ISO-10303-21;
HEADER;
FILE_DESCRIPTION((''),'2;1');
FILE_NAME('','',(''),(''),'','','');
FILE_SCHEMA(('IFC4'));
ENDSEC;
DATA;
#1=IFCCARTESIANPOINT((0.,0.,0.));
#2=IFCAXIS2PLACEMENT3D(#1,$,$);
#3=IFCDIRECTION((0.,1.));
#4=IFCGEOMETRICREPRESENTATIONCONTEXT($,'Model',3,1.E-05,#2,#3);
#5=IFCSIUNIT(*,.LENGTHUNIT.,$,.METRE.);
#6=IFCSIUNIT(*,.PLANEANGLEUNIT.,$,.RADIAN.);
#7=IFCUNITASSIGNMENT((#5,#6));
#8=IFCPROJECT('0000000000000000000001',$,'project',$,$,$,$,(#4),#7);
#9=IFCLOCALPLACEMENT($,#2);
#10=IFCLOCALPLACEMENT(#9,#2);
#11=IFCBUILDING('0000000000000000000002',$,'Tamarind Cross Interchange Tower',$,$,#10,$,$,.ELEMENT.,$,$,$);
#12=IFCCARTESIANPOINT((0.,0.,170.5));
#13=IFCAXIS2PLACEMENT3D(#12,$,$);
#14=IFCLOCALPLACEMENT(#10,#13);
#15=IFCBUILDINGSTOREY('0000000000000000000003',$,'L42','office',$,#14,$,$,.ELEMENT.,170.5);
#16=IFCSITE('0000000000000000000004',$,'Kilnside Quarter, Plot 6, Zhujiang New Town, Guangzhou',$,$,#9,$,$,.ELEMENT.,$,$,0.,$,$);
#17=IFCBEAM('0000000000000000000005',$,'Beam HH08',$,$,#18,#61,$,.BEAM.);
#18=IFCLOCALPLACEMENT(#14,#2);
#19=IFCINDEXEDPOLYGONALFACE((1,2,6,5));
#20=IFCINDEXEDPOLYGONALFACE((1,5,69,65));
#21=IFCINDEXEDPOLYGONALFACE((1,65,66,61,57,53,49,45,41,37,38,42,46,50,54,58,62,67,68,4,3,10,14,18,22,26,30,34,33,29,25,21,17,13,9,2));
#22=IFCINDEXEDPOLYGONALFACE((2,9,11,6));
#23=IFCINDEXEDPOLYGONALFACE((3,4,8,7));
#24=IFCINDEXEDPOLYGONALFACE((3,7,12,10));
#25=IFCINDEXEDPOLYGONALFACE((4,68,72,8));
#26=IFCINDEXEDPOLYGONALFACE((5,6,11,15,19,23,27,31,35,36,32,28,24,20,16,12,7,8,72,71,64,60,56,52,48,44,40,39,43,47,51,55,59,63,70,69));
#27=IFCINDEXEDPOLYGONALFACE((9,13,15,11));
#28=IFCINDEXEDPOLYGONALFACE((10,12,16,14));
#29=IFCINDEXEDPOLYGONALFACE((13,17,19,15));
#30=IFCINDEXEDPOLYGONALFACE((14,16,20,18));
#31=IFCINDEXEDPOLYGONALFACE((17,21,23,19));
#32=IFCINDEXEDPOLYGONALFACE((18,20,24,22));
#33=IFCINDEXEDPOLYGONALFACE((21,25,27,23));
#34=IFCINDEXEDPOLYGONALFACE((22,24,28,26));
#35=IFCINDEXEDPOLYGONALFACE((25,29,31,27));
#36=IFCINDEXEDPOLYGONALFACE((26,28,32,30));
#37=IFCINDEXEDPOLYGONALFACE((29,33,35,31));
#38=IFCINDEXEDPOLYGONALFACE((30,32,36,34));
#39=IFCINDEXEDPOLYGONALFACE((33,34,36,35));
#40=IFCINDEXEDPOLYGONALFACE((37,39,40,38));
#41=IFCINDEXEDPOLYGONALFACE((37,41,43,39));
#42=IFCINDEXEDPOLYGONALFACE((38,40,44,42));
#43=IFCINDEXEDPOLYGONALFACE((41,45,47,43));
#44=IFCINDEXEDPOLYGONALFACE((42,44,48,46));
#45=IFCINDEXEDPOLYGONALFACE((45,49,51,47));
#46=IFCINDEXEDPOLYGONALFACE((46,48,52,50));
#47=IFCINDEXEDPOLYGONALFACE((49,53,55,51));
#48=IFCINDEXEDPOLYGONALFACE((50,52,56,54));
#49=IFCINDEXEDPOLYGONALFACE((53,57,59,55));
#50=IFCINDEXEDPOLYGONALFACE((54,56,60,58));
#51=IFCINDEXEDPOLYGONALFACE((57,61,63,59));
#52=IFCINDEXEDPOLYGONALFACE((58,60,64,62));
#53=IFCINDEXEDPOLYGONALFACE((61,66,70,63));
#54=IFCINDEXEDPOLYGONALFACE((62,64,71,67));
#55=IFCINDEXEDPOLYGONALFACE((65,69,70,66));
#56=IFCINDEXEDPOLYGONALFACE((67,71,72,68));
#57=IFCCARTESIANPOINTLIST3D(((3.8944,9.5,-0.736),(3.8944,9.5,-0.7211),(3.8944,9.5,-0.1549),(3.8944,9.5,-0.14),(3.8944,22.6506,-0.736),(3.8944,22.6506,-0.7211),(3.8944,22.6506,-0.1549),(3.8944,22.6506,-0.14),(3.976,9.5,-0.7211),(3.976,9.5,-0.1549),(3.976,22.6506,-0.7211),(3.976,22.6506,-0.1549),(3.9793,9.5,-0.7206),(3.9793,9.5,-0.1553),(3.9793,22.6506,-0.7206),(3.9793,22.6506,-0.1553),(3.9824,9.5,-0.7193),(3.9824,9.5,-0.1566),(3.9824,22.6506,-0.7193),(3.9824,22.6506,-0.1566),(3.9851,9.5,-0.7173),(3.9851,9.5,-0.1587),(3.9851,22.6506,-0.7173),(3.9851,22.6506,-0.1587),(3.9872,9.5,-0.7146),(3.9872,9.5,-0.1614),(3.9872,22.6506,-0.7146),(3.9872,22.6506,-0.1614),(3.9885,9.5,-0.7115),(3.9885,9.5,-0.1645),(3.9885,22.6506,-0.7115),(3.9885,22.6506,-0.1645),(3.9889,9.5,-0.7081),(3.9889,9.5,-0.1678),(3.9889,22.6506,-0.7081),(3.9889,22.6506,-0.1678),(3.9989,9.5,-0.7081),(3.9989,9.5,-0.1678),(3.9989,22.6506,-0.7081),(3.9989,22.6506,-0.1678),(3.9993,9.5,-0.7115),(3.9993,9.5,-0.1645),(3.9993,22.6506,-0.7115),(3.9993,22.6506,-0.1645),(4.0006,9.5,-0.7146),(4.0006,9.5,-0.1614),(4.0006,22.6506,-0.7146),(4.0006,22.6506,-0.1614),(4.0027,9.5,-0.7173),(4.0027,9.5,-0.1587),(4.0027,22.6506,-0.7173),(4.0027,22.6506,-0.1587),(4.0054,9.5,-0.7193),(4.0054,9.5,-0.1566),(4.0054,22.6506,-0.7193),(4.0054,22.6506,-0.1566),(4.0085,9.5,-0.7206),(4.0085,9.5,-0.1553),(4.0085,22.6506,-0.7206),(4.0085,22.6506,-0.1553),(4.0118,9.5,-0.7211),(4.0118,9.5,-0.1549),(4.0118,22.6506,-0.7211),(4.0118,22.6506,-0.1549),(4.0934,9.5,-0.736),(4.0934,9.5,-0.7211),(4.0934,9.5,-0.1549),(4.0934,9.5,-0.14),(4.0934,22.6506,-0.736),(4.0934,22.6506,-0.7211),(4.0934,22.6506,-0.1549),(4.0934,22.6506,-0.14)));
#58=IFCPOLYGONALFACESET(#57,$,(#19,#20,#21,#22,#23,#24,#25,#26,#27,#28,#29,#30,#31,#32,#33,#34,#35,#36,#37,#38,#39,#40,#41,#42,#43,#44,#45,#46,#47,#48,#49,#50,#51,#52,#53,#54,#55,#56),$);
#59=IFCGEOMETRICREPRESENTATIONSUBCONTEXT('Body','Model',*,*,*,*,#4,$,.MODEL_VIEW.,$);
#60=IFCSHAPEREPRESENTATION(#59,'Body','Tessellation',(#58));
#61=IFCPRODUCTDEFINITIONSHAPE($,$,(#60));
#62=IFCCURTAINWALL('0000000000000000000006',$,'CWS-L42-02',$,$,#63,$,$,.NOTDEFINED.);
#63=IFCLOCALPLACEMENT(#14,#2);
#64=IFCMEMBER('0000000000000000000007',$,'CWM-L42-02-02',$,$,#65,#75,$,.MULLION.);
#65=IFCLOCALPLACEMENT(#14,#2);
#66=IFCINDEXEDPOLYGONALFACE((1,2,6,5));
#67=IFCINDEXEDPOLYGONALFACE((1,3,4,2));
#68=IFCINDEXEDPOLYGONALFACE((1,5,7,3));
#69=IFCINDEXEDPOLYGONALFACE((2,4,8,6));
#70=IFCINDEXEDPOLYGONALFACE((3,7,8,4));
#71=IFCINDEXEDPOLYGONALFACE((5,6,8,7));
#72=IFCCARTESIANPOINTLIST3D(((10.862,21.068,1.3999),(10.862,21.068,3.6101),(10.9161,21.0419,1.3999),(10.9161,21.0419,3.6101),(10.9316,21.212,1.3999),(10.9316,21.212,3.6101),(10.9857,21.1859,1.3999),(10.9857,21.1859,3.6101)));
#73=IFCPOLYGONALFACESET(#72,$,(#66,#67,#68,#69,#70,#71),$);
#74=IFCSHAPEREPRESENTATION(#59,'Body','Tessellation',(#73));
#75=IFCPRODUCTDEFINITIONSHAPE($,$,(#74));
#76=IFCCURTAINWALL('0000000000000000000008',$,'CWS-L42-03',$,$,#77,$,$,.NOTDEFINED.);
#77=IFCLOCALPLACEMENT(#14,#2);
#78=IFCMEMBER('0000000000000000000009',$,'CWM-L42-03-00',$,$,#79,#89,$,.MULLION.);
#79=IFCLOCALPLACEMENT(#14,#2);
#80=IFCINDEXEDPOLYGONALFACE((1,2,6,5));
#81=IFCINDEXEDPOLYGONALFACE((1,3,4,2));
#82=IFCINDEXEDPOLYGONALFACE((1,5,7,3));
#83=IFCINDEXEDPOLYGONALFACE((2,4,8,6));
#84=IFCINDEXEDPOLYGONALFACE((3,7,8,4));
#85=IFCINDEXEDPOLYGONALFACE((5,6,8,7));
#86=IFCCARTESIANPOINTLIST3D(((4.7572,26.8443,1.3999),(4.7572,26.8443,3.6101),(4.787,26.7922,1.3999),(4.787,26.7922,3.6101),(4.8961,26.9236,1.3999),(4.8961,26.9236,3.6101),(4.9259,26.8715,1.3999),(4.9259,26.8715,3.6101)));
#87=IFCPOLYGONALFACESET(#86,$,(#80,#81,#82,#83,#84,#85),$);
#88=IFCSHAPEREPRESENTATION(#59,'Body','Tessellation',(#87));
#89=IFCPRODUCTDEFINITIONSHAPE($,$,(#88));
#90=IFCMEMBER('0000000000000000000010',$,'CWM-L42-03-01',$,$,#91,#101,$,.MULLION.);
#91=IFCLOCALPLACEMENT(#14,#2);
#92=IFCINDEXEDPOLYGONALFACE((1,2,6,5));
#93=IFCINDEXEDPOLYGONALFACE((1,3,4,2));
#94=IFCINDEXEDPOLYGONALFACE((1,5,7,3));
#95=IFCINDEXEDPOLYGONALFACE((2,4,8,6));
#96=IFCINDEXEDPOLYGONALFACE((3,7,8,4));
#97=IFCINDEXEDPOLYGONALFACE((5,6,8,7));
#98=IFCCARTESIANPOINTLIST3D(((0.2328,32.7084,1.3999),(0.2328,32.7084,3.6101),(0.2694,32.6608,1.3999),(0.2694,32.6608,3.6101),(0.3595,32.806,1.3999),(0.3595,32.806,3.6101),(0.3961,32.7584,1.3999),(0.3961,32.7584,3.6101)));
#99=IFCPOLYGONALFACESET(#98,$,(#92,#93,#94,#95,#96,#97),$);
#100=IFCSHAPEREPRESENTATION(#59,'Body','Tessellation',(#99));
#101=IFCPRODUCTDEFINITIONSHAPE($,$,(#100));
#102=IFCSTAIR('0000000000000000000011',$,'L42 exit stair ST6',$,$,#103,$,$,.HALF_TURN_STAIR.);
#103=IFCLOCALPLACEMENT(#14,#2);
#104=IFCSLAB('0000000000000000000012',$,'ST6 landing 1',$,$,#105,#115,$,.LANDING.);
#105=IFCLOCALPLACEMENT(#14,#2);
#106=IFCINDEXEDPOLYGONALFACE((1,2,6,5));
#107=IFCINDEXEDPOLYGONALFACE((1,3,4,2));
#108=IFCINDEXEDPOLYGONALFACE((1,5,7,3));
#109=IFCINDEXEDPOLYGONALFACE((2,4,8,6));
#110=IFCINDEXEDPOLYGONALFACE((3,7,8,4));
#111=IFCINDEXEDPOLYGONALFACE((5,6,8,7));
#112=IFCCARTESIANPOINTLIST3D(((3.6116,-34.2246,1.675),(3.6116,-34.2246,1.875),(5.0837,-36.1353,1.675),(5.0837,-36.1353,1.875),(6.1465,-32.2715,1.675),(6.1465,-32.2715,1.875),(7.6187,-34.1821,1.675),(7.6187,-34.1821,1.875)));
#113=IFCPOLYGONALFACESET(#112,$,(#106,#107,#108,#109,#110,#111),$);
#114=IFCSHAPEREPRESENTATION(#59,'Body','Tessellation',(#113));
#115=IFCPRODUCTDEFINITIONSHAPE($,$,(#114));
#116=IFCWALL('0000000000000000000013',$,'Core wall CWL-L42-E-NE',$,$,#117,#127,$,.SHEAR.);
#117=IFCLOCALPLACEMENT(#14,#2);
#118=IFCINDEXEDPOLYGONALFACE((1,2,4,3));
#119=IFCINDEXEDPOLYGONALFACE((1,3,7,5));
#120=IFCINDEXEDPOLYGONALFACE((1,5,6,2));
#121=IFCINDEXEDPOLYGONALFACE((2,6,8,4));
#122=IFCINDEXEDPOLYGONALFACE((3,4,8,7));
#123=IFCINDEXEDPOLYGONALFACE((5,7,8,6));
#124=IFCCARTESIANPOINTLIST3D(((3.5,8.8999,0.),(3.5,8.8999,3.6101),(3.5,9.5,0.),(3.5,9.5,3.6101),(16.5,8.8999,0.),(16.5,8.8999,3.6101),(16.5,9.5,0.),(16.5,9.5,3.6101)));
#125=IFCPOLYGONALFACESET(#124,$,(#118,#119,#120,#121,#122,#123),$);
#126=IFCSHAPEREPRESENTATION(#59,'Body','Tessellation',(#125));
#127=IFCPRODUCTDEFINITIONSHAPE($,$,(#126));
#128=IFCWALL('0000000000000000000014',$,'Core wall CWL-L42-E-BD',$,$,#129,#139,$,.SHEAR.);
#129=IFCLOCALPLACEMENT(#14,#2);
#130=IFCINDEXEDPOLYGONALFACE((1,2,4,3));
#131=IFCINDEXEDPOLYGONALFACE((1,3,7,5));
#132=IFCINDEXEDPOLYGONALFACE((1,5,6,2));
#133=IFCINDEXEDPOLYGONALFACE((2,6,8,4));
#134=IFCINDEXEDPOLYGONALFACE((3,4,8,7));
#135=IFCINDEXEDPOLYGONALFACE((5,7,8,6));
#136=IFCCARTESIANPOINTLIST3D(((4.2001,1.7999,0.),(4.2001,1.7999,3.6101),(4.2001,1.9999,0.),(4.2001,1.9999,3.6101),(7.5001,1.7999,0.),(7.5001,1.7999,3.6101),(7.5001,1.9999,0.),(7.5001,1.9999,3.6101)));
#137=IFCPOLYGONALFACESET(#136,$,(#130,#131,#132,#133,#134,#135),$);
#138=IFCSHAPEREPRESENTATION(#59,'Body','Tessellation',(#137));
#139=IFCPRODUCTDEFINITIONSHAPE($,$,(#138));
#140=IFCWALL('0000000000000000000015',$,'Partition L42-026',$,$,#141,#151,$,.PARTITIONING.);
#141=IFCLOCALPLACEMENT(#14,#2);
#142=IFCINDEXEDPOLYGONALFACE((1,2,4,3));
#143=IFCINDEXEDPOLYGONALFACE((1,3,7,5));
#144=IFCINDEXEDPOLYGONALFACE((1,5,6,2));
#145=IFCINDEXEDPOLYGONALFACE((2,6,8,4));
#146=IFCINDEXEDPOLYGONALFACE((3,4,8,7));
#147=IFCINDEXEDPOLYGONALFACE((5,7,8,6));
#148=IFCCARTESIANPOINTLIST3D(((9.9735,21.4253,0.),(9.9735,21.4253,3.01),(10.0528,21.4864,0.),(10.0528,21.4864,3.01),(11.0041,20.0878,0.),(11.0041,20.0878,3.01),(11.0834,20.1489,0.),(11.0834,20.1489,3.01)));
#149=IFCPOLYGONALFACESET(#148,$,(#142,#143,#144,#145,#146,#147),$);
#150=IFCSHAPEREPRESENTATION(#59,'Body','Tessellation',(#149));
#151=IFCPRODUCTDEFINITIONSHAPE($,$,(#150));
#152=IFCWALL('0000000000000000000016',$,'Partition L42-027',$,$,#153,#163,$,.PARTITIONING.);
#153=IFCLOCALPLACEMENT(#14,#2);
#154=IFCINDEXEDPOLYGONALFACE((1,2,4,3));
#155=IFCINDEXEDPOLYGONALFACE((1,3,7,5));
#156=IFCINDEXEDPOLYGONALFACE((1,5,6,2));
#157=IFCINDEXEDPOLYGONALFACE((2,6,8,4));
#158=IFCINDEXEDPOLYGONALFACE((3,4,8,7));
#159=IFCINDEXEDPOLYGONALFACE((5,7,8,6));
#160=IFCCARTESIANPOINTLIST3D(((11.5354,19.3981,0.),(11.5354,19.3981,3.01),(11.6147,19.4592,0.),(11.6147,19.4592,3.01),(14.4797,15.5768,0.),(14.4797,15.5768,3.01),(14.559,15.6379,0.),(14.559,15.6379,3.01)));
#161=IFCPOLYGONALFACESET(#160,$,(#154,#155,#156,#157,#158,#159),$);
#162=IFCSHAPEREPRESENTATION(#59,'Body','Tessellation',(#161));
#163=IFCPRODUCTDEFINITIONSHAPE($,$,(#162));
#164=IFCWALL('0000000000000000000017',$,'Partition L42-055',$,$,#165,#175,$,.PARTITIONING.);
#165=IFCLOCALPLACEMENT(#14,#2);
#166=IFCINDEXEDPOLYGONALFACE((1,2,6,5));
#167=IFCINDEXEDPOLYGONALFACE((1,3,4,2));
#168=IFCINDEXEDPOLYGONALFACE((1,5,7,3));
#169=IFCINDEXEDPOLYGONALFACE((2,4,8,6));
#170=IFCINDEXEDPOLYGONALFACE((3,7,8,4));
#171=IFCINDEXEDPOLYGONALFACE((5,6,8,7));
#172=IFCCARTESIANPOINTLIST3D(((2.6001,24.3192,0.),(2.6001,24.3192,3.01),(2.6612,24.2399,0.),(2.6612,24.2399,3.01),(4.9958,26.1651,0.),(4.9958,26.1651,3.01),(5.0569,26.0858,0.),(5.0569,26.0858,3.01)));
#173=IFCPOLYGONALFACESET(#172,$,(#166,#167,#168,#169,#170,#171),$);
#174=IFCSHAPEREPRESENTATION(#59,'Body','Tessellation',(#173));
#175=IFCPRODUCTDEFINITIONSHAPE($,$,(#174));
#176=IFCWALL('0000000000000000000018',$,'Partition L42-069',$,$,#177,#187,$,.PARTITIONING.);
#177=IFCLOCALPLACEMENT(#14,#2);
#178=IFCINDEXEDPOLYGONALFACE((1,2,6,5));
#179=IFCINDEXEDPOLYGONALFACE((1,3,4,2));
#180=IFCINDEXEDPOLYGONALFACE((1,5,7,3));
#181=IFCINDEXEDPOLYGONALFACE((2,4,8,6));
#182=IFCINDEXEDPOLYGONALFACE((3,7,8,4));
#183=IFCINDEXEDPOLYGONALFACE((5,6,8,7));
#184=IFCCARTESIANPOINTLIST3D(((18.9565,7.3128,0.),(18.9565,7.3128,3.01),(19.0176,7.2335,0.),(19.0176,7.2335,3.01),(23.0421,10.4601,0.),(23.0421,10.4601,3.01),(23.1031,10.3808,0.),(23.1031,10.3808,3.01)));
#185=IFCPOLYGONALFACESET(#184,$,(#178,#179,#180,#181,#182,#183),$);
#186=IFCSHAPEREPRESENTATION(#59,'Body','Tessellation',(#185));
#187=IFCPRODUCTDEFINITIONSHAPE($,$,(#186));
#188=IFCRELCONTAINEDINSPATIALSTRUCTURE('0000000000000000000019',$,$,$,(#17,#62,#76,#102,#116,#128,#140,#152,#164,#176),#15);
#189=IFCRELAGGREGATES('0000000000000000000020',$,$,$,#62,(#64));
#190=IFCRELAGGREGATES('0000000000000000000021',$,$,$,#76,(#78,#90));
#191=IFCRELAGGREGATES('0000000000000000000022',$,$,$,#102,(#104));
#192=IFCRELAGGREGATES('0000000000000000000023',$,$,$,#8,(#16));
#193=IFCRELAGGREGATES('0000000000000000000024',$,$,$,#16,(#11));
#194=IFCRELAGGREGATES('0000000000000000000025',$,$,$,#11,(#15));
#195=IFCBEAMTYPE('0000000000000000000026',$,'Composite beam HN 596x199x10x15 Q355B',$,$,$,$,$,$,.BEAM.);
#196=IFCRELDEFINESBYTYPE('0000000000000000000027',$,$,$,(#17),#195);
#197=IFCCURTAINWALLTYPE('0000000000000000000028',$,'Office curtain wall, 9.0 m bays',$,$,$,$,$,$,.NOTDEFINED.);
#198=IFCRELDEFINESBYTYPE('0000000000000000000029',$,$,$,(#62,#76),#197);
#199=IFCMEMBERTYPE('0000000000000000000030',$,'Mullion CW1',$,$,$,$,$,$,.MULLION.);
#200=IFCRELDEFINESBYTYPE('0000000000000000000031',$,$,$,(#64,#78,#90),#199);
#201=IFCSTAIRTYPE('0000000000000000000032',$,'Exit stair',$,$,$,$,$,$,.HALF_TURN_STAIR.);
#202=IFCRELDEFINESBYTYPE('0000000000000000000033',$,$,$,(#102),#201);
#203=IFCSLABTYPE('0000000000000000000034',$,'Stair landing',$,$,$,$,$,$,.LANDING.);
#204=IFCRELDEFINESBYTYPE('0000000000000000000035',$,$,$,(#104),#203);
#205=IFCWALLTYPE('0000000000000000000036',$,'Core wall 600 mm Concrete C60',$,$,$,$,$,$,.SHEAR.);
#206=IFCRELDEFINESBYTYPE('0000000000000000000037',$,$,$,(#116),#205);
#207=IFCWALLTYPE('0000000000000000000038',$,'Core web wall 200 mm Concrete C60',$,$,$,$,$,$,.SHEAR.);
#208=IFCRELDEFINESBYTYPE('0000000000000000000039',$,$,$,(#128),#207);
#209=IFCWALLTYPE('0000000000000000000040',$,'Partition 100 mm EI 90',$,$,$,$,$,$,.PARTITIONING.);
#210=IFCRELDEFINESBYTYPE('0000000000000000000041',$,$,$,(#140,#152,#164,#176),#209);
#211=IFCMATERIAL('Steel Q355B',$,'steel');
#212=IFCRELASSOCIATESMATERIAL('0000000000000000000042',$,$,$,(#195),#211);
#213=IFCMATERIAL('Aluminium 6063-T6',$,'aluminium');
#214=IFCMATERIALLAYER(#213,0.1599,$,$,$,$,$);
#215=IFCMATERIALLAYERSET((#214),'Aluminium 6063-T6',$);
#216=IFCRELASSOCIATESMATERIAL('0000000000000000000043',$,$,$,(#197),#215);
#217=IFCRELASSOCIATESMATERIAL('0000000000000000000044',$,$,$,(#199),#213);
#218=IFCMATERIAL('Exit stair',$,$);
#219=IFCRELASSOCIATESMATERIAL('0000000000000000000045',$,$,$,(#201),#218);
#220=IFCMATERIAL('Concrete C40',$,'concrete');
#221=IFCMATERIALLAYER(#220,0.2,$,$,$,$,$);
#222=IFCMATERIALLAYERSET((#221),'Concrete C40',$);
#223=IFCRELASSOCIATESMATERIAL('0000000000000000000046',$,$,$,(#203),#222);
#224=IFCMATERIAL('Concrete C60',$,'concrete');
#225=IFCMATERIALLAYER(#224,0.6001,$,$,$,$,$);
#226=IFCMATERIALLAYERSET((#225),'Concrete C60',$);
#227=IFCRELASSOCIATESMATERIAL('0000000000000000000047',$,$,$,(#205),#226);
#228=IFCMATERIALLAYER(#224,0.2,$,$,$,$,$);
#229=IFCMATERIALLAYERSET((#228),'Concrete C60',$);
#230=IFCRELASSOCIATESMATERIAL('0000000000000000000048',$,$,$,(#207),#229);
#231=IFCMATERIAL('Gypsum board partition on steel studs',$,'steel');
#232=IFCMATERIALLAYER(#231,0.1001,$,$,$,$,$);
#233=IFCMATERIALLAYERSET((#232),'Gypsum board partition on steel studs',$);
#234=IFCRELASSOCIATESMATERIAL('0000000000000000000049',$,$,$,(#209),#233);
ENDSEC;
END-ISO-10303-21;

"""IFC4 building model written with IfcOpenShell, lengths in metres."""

from ifc_helpers import new_model, si_unit, direction, frame, frame_2d, origin, origin_2d, place, context, subcontext, project, spatial, polyline, rectangle, i_section, outline, extrude, material, layer, layer_set, material_profile, profile_set, type_object, element, aggregate, save


model = new_model("IFC4")

# Units and contexts
model_context = context("Model", 3, precision=1e-05, world=origin(), true_north=direction((0.0, 1.0)))
body_context = subcontext(model_context, "Body", "Model", "MODEL_VIEW")
ifc_project = project(units=[si_unit("LENGTHUNIT", "METRE"), si_unit("PLANEANGLEUNIT", "RADIAN")], contexts=[model_context])

# Site, building, storey
site_placement = place(None, origin())
site = spatial("IfcSite", under=ifc_project, at=site_placement, Name="Kilnside Quarter, Plot 6, Zhujiang New Town, Guangzhou", CompositionType="ELEMENT", RefElevation=0.0)
building_placement = place(site_placement, origin())
building = spatial("IfcBuilding", under=site, at=building_placement, Name="Tamarind Cross Interchange Tower", CompositionType="ELEMENT")
storey_placement = place(building_placement, frame((0.0, 0.0, 170.5)))
storey = spatial("IfcBuildingStorey", under=building, at=storey_placement, Name="L42", Description="office", CompositionType="ELEMENT", Elevation=170.5)

# Shared definitions
ifc_material_1 = material(Name="Concrete C60", Category="concrete")

# Beam
ifc_material_2 = material(Name="Steel Q355B", Category="steel")
ifc_material_profile_1 = material_profile(ifc_material_2, i_section(OverallWidth=0.199, OverallDepth=0.5959, WebThickness=0.01, FlangeThickness=0.0149, FilletRadius=0.0129, at=origin_2d()), Name="HN 596x199x10x15")
ifc_profile_set_1 = profile_set([ifc_material_profile_1], Name="Steel Q355B")
beam_type = type_object("IfcBeamType", Name="Composite beam HN 596x199x10x15 Q355B", PredefinedType="BEAM", material=ifc_profile_set_1)
beam_1_placement = place(storey_placement, frame((3.9939, 22.6506, -0.438), z_axis=(0.0, -1.0, 0.0), x_axis=(1.0, 0.0, 0.0)))
element("IfcBeam", 1, at=beam_1_placement, inside=storey, type_object=beam_type, Name="Beam HH08", PredefinedType="BEAM", context=body_context, shape_type="SweptSolid", body=[
    extrude(i_section(OverallWidth=0.199, OverallDepth=0.5959, WebThickness=0.01, FlangeThickness=0.0149, FilletRadius=0.0129, at=origin_2d()), origin(), (0.0, 0.0, 1.0), 13.1506),
])

# Curtain wall, member
ifc_material_3 = material(Name="Aluminium 6063-T6", Category="aluminium")
ifc_layer_1 = layer(ifc_material_3, 0.1599)
ifc_layer_set_1 = layer_set([ifc_layer_1], Name="Aluminium 6063-T6")
curtain_wall_type = type_object("IfcCurtainWallType", Name="Office curtain wall, 9.0 m bays", PredefinedType="NOTDEFINED", material=ifc_layer_set_1)
curtain_wall_1_placement = place(storey_placement, origin())
curtain_wall_1 = element("IfcCurtainWall", 2, at=curtain_wall_1_placement, inside=storey, type_object=curtain_wall_type, Name="CWS-L42-02", PredefinedType="NOTDEFINED")
ifc_material_profile_2 = material_profile(ifc_material_3, rectangle(XDim=0.0601, YDim=0.1599, at=origin_2d()), Name="Mullion CW1")
ifc_profile_set_2 = profile_set([ifc_material_profile_2], Name="Aluminium 6063-T6")
member_type = type_object("IfcMemberType", Name="Mullion CW1", PredefinedType="MULLION", material=ifc_profile_set_2)
member_1_placement = place(storey_placement, frame((10.9238, 21.127, 1.3999), z_axis=(0.0, 0.0, 1.0), x_axis=(-0.900273, 0.435326, 0.0)))
member_1 = element("IfcMember", 3, at=member_1_placement, type_object=member_type, Name="CWM-L42-02-02", PredefinedType="MULLION", context=body_context, shape_type="SweptSolid", body=[
    extrude(rectangle(XDim=0.0601, YDim=0.1599, at=origin_2d()), origin(), (0.0, 0.0, 1.0), 2.2102),
])
aggregate(curtain_wall_1, [member_1])

# Curtain wall, members
curtain_wall_2_placement = place(storey_placement, origin())
curtain_wall_2 = element("IfcCurtainWall", 4, at=curtain_wall_2_placement, inside=storey, type_object=curtain_wall_type, Name="CWS-L42-03", PredefinedType="NOTDEFINED")
member_2_placement = place(storey_placement, frame((4.8416, 26.8579, 1.3999), z_axis=(0.0, 0.0, 1.0), x_axis=(-0.495911, 0.868374, 0.0)))
member_2 = element("IfcMember", 5, at=member_2_placement, type_object=member_type, Name="CWM-L42-03-00", PredefinedType="MULLION", context=body_context, shape_type="SweptSolid", body=[
    extrude(rectangle(XDim=0.0601, YDim=0.1599, at=origin_2d()), origin(), (0.0, 0.0, 1.0), 2.2102),
])
member_3_placement = place(storey_placement, frame((0.3145, 32.7334, 1.3999), z_axis=(0.0, 0.0, 1.0), x_axis=(-0.610322, 0.792153, 0.0)))
member_3 = element("IfcMember", 6, at=member_3_placement, type_object=member_type, Name="CWM-L42-03-01", PredefinedType="MULLION", context=body_context, shape_type="SweptSolid", body=[
    extrude(rectangle(XDim=0.0601, YDim=0.1599, at=origin_2d()), origin(), (0.0, 0.0, 1.0), 2.2102),
])
aggregate(curtain_wall_2, [member_2, member_3])

# Stair, slab
ifc_material_4 = material(Name="Exit stair")
stair_type = type_object("IfcStairType", Name="Exit stair", PredefinedType="HALF_TURN_STAIR", material=ifc_material_4)
stair_placement = place(storey_placement, origin())
stair = element("IfcStair", 7, at=stair_placement, inside=storey, type_object=stair_type, Name="L42 exit stair ST6", PredefinedType="HALF_TURN_STAIR")
ifc_material_5 = material(Name="Concrete C40", Category="concrete")
ifc_layer_2 = layer(ifc_material_5, 0.2)
ifc_layer_set_2 = layer_set([ifc_layer_2], Name="Concrete C40")
slab_type = type_object("IfcSlabType", Name="Stair landing", PredefinedType="LANDING", material=ifc_layer_set_2)
slab_placement = place(storey_placement, frame((0.0, 0.0, 1.675)))
slab = element("IfcSlab", 8, at=slab_placement, type_object=slab_type, Name="ST6 landing 1", PredefinedType="LANDING", context=body_context, shape_type="SweptSolid", body=[
    extrude(outline(polyline([(3.6116, -34.2246), (5.0837, -36.1353), (7.6187, -34.1821), (6.1465, -32.2715), (3.6116, -34.2246)])), origin(), (0.0, 0.0, 1.0), 0.2),
])
aggregate(stair, [slab])

# Walls
ifc_layer_3 = layer(ifc_material_1, 0.6001)
ifc_layer_set_3 = layer_set([ifc_layer_3], Name="Concrete C60")
wall_type_1 = type_object("IfcWallType", Name="Core wall 600 mm Concrete C60", PredefinedType="SHEAR", material=ifc_layer_set_3)
wall_1_placement = place(storey_placement, frame((16.5, 9.2, 0.0), z_axis=(0.0, 0.0, 1.0), x_axis=(-1.0, 0.0, 0.0)))
element("IfcWall", 9, at=wall_1_placement, inside=storey, type_object=wall_type_1, Name="Core wall CWL-L42-E-NE", PredefinedType="SHEAR", context=body_context, shape_type="SweptSolid", body=[
    extrude(rectangle(XDim=13.0, YDim=0.6001, at=frame_2d((6.5, 0.0))), origin(), (0.0, 0.0, 1.0), 3.6101),
])
ifc_layer_4 = layer(ifc_material_1, 0.2)
ifc_layer_set_4 = layer_set([ifc_layer_4], Name="Concrete C60")
wall_type_2 = type_object("IfcWallType", Name="Core web wall 200 mm Concrete C60", PredefinedType="SHEAR", material=ifc_layer_set_4)
wall_2_placement = place(storey_placement, frame((7.5, 1.8999, 0.0), z_axis=(0.0, 0.0, 1.0), x_axis=(-1.0, 0.0, 0.0)))
element("IfcWall", 10, at=wall_2_placement, inside=storey, type_object=wall_type_2, Name="Core wall CWL-L42-E-BD", PredefinedType="SHEAR", context=body_context, shape_type="SweptSolid", body=[
    extrude(rectangle(XDim=3.3, YDim=0.2, at=frame_2d((1.6499, 0.0))), origin(), (0.0, 0.0, 1.0), 3.6101),
])
ifc_material_6 = material(Name="Gypsum board partition on steel studs", Category="steel")
ifc_layer_5 = layer(ifc_material_6, 0.1001)
ifc_layer_set_5 = layer_set([ifc_layer_5], Name="Gypsum board partition on steel studs")
wall_type_3 = type_object("IfcWallType", Name="Partition 100 mm EI 90", PredefinedType="PARTITIONING", material=ifc_layer_set_5)
wall_3_placement = place(storey_placement, frame((10.0132, 21.4558, 0.0), z_axis=(0.0, 0.0, 1.0), x_axis=(0.61036, -0.792124, 0.0)))
element("IfcWall", 11, at=wall_3_placement, inside=storey, type_object=wall_type_3, Name="Partition L42-026", PredefinedType="PARTITIONING", context=body_context, shape_type="SweptSolid", body=[
    extrude(rectangle(XDim=1.6885, YDim=0.1001, at=frame_2d((0.8442, 0.0))), origin(), (0.0, 0.0, 1.0), 3.01),
])
wall_4_placement = place(storey_placement, frame((11.575, 19.4287, 0.0), z_axis=(0.0, 0.0, 1.0), x_axis=(0.610346, -0.792135, 0.0)))
element("IfcWall", 12, at=wall_4_placement, inside=storey, type_object=wall_type_3, Name="Partition L42-027", PredefinedType="PARTITIONING", context=body_context, shape_type="SweptSolid", body=[
    extrude(rectangle(XDim=4.824, YDim=0.1001, at=frame_2d((2.4121, 0.0))), origin(), (0.0, 0.0, 1.0), 3.01),
])
wall_5_placement = place(storey_placement, frame((2.6306, 24.2795, 0.0), z_axis=(0.0, 0.0, 1.0), x_axis=(0.792135, 0.610346, 0.0)))
element("IfcWall", 13, at=wall_5_placement, inside=storey, type_object=wall_type_3, Name="Partition L42-055", PredefinedType="PARTITIONING", context=body_context, shape_type="SweptSolid", body=[
    extrude(rectangle(XDim=3.0244, YDim=0.1001, at=frame_2d((1.5122, 0.0))), origin(), (0.0, 0.0, 1.0), 3.01),
])
wall_6_placement = place(storey_placement, frame((18.9871, 7.2732, 0.0), z_axis=(0.0, 0.0, 1.0), x_axis=(0.792196, 0.610267, 0.0)))
element("IfcWall", 14, at=wall_6_placement, inside=storey, type_object=wall_type_3, Name="Partition L42-069", PredefinedType="PARTITIONING", context=body_context, shape_type="SweptSolid", body=[
    extrude(rectangle(XDim=5.1572, YDim=0.1001, at=frame_2d((2.5786, 0.0))), origin(), (0.0, 0.0, 1.0), 3.01),
])

save(model, "model.ifc")
